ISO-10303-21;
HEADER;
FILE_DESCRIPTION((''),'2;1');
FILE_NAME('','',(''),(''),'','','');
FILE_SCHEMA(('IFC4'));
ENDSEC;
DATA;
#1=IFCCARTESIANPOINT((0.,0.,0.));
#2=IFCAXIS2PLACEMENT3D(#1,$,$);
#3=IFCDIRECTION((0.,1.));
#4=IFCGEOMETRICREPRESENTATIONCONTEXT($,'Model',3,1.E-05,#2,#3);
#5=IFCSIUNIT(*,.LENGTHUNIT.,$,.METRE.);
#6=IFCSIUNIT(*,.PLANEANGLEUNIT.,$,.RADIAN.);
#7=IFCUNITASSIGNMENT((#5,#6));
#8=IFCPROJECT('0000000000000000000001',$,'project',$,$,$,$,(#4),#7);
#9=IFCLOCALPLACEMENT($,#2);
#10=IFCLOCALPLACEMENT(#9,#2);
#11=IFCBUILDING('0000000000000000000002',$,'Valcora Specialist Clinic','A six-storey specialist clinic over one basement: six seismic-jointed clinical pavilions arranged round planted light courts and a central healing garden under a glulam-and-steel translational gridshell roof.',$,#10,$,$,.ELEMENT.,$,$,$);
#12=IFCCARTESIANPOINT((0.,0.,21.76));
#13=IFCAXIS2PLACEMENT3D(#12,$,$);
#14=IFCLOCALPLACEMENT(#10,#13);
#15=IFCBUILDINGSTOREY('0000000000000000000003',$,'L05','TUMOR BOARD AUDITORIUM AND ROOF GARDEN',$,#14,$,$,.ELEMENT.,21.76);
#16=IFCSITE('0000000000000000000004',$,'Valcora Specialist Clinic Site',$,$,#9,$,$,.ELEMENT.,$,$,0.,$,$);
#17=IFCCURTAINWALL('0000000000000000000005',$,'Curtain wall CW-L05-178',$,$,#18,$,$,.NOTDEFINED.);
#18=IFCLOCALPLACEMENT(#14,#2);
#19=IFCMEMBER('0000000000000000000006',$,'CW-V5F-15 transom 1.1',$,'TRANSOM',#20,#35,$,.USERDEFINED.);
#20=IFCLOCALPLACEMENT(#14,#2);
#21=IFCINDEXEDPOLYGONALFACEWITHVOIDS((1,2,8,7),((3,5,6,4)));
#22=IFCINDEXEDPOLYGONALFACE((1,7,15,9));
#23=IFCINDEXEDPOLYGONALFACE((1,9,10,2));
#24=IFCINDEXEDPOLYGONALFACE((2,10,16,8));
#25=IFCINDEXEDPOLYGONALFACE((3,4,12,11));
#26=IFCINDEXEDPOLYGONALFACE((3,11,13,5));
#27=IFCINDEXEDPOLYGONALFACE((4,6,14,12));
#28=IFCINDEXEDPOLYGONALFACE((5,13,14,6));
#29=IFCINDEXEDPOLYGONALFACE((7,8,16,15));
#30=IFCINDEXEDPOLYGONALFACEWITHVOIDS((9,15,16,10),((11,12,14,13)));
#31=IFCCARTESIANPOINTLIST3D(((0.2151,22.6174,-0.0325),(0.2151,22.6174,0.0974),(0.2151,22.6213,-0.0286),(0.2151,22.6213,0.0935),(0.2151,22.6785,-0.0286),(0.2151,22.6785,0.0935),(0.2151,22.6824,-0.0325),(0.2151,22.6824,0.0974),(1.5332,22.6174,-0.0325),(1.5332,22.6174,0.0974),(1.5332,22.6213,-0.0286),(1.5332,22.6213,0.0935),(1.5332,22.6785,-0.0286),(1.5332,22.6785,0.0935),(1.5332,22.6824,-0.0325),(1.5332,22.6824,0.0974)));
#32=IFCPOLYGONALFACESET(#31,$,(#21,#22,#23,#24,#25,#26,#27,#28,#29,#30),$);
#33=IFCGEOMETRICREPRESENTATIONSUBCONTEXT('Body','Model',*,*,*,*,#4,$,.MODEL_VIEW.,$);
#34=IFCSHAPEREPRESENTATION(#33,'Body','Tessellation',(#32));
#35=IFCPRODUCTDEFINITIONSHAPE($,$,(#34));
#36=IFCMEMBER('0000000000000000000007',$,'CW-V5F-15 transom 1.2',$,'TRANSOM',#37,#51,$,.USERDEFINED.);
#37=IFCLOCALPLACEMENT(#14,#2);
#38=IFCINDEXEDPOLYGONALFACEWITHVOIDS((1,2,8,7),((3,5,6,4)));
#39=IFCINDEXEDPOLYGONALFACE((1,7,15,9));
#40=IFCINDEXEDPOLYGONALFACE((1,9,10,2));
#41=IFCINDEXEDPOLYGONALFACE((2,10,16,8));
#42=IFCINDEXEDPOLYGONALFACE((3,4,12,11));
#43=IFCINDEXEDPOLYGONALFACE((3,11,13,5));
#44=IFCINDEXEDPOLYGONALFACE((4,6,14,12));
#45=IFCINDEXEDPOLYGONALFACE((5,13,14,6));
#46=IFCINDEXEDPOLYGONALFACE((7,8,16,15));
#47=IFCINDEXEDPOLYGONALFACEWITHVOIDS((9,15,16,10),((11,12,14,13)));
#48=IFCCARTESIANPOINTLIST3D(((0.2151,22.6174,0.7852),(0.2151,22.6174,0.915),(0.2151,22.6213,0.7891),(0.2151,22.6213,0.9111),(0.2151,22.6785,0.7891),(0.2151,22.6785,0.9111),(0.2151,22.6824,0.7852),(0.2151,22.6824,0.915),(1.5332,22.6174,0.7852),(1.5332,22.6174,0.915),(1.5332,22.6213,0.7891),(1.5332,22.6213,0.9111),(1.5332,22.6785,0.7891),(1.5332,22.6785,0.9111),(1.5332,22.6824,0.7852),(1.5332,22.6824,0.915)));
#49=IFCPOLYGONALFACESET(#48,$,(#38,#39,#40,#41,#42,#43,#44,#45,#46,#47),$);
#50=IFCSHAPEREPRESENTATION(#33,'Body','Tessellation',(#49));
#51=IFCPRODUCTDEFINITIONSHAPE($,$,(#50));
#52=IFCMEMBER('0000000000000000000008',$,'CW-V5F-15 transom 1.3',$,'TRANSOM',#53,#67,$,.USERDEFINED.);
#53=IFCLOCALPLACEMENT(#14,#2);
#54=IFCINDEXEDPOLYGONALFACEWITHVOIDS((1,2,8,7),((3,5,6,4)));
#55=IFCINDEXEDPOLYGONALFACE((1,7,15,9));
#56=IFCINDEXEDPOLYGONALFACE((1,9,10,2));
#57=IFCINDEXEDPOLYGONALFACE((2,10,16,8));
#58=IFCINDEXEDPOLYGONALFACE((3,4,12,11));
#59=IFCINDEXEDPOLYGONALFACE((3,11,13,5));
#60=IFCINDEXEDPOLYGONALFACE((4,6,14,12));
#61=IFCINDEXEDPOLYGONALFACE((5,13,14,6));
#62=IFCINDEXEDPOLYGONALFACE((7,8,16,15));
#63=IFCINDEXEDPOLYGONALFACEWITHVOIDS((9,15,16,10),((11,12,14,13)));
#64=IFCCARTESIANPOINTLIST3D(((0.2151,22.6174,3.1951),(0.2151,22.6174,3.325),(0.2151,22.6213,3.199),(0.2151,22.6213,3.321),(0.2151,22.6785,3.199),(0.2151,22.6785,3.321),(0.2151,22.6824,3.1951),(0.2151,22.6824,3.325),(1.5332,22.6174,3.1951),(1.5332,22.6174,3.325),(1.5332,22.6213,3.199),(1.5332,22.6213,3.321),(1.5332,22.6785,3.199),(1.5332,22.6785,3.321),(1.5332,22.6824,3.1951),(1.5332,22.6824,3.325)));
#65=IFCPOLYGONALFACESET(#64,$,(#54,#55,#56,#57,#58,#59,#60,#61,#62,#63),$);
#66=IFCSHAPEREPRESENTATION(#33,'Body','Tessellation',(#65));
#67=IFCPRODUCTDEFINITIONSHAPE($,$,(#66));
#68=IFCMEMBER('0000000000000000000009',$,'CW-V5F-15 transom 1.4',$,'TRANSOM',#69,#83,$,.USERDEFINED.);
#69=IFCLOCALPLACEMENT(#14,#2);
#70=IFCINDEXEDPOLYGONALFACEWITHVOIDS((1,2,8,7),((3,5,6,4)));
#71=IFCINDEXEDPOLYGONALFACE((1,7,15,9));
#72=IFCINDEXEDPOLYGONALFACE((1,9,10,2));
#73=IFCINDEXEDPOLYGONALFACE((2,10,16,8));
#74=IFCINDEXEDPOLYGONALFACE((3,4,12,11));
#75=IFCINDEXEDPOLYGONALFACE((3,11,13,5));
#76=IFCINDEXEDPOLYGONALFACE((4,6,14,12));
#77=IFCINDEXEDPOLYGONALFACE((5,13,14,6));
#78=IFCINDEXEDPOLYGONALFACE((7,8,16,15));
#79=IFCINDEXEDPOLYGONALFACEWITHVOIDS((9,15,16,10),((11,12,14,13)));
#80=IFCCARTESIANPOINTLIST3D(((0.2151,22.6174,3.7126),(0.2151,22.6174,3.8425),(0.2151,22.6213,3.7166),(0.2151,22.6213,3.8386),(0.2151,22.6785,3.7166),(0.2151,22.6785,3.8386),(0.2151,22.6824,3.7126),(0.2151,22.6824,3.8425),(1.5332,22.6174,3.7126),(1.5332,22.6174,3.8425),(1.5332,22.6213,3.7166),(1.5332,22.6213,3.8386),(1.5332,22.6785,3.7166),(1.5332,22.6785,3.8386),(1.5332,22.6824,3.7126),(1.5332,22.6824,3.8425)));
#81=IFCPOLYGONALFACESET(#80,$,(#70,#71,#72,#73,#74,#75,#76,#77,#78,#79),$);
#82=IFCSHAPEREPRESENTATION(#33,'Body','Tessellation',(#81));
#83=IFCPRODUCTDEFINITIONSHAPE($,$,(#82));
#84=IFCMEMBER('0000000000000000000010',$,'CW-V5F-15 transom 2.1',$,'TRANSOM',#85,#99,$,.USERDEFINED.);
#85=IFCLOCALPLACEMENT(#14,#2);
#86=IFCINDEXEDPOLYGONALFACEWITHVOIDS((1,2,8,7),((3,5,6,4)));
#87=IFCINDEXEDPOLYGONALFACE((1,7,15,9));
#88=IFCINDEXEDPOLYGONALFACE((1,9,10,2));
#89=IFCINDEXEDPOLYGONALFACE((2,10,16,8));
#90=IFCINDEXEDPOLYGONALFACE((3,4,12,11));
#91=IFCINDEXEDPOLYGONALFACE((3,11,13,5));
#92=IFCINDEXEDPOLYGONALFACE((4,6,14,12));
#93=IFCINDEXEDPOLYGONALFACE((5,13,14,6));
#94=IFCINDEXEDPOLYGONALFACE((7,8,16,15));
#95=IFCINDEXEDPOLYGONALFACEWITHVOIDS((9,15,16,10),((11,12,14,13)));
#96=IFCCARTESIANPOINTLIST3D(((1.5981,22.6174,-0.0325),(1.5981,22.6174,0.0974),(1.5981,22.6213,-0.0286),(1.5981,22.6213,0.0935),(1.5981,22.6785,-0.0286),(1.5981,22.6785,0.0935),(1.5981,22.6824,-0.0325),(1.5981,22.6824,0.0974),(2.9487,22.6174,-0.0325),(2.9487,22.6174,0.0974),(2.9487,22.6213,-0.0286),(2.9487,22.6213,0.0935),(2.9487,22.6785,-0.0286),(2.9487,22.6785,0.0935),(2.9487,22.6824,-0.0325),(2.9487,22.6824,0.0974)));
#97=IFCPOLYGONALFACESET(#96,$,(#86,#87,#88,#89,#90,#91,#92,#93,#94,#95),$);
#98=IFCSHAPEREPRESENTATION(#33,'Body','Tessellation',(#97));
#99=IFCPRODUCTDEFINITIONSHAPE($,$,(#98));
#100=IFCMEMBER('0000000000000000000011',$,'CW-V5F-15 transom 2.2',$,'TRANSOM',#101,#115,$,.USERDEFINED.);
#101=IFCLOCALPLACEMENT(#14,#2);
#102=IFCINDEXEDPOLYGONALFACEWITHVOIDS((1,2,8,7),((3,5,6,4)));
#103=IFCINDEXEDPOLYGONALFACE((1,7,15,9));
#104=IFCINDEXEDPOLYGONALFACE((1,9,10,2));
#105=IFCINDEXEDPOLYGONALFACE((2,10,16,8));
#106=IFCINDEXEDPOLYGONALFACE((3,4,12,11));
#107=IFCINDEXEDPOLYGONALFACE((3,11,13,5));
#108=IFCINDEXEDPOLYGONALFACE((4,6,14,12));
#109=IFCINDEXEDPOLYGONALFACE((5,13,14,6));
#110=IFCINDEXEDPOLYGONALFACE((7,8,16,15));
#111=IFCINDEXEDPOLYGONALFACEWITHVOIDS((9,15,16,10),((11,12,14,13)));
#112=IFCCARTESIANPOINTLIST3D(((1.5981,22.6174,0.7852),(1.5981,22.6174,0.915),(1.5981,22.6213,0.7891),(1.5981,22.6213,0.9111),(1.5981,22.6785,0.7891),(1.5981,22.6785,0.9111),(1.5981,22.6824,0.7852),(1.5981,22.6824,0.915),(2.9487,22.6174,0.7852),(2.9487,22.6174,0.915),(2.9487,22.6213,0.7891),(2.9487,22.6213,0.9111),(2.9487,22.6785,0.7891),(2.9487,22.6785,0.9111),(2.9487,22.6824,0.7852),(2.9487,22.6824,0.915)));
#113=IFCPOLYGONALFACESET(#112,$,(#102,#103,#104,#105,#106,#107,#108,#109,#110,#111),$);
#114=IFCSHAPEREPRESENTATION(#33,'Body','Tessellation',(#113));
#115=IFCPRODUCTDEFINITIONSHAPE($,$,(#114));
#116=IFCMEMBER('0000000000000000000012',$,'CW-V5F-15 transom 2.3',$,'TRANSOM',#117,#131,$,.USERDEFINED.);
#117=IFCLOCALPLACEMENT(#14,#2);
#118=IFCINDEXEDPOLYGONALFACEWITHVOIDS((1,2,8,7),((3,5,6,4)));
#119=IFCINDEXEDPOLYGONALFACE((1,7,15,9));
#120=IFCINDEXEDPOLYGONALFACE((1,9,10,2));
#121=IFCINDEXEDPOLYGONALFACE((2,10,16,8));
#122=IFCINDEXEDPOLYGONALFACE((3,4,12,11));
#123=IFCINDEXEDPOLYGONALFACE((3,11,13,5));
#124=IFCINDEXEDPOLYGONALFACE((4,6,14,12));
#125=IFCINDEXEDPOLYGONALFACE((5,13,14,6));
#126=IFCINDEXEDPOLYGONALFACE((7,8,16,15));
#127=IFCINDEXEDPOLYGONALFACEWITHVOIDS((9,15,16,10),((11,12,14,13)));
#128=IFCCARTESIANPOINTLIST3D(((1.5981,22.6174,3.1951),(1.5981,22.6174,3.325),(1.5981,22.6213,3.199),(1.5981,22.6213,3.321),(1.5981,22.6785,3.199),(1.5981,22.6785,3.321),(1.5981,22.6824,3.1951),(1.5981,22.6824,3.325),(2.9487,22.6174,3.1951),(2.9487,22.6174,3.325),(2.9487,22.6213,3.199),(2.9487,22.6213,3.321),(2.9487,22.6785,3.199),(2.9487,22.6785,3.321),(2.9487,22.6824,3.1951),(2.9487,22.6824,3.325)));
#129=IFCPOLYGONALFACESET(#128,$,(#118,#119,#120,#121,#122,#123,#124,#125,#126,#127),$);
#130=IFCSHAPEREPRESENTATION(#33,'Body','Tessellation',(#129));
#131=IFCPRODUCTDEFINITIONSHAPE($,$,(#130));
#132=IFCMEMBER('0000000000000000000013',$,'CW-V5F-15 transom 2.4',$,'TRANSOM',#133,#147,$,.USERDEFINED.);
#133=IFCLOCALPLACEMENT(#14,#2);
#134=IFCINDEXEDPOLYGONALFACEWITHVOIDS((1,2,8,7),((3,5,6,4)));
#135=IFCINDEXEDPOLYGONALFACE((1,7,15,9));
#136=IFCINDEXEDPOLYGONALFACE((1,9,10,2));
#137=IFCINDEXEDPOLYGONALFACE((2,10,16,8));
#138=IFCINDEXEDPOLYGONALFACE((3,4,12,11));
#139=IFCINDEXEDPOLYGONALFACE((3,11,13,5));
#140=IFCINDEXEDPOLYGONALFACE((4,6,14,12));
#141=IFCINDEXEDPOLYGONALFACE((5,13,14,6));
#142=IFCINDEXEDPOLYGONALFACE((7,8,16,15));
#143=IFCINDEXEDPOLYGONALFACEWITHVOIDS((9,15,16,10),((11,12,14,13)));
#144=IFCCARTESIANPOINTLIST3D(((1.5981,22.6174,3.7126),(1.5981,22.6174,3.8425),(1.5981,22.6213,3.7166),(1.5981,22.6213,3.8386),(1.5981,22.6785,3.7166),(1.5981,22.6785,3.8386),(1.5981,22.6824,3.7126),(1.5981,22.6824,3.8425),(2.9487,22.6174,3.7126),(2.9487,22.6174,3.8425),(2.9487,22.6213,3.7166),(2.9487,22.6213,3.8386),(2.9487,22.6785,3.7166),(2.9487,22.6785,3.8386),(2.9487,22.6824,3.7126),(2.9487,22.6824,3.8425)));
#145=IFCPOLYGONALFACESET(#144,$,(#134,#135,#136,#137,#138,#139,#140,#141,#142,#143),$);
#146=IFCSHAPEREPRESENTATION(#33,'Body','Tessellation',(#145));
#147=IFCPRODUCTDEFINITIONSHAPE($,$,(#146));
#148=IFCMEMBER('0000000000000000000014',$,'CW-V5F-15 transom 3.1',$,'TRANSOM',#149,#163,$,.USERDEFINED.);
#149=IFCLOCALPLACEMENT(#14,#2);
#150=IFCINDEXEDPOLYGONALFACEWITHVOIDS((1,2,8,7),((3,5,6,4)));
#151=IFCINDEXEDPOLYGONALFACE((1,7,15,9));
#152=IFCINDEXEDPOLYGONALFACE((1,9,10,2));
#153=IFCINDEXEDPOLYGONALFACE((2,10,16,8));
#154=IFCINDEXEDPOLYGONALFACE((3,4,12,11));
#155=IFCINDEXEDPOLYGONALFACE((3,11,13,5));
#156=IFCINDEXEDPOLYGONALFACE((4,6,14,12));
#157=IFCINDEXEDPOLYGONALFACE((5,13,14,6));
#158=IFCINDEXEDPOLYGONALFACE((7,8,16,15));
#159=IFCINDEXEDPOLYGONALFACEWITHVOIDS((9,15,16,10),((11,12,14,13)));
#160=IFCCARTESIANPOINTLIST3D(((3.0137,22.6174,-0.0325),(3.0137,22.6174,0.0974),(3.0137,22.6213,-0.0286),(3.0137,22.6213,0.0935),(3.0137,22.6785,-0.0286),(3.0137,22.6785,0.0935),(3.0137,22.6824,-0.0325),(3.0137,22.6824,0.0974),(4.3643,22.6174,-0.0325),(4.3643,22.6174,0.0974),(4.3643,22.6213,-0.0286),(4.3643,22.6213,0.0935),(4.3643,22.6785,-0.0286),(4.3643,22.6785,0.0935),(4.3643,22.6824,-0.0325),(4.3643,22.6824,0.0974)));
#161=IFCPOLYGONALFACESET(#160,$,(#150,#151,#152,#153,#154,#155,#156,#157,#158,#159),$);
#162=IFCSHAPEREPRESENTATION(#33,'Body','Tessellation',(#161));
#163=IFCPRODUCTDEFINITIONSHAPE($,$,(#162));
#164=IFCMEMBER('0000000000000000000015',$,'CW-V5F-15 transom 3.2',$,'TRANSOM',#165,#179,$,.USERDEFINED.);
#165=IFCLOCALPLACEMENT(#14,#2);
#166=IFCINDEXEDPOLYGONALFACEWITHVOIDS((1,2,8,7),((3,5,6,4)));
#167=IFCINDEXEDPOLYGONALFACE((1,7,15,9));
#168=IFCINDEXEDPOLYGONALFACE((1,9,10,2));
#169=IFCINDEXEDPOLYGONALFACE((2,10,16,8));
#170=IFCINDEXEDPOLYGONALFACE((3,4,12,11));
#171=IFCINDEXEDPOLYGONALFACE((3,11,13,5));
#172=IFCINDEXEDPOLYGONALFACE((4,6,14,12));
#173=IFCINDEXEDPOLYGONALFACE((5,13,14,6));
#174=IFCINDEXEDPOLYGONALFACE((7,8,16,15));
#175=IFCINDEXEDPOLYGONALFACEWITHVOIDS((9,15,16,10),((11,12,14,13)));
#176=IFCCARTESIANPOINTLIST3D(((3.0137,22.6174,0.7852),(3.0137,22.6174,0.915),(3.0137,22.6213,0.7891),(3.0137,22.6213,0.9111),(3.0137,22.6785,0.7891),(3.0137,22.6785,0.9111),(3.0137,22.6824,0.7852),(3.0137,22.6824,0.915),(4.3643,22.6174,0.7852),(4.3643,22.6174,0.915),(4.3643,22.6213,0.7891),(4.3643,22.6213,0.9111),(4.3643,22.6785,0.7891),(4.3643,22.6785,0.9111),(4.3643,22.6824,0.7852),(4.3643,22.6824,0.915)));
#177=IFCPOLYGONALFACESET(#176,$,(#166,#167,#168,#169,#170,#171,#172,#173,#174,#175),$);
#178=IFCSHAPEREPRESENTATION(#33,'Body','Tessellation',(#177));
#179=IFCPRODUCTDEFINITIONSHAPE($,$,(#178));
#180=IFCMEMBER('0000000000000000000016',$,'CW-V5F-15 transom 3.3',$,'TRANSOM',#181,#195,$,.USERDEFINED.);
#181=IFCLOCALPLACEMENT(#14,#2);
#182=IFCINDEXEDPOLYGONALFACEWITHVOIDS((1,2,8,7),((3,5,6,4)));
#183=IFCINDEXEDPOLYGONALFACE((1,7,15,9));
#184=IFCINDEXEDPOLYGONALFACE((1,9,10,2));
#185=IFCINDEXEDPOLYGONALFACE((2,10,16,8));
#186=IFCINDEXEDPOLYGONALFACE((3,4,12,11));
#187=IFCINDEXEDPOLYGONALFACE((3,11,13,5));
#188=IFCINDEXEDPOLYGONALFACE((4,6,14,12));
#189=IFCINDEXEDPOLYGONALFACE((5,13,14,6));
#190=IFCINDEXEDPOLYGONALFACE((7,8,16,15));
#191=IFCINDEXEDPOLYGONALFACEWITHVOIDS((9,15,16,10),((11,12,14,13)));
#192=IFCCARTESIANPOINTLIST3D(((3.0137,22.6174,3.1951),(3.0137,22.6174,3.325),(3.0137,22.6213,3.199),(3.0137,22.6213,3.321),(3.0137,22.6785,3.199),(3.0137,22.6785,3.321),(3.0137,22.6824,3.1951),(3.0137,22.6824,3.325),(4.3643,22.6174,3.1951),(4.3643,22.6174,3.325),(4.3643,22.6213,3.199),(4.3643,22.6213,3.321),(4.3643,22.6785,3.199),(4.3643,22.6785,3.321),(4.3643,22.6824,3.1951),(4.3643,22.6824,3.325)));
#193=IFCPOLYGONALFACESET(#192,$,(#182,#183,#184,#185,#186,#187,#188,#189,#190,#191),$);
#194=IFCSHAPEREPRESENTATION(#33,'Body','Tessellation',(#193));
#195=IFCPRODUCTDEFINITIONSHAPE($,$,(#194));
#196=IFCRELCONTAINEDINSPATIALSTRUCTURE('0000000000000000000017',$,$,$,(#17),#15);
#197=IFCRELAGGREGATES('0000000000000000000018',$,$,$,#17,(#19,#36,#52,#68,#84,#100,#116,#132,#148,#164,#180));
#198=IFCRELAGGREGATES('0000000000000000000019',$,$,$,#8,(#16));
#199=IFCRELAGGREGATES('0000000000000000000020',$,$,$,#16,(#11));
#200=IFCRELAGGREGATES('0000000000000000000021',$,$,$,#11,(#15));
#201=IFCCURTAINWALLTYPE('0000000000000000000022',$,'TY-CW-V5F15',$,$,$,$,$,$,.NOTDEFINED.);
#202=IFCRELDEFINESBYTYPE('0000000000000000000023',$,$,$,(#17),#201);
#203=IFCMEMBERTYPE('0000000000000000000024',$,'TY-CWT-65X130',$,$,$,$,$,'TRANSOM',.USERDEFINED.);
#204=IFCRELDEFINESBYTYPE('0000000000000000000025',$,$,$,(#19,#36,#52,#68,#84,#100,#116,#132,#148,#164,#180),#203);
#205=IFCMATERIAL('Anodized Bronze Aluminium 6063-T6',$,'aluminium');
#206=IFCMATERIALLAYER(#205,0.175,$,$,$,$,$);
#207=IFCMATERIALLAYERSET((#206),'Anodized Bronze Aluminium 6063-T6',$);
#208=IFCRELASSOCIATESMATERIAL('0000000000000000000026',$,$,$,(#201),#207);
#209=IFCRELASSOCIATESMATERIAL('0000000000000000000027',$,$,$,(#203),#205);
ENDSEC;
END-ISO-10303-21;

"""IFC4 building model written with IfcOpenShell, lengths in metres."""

from ifc_helpers import new_model, si_unit, direction, frame, origin, origin_2d, place, context, subcontext, project, spatial, hollow_rectangle, extrude, material, layer, layer_set, material_profile, profile_set, type_object, element, aggregate, save


model = new_model("IFC4")

# Units and contexts
model_context = context("Model", 3, precision=1e-05, world=origin(), true_north=direction((0.0, 1.0)))
body_context = subcontext(model_context, "Body", "Model", "MODEL_VIEW")
ifc_project = project(units=[si_unit("LENGTHUNIT", "METRE"), si_unit("PLANEANGLEUNIT", "RADIAN")], contexts=[model_context])

# Site, building, storey
site_placement = place(None, origin())
site = spatial("IfcSite", under=ifc_project, at=site_placement, Name="Valcora Specialist Clinic Site", CompositionType="ELEMENT", RefElevation=0.0)
building_placement = place(site_placement, origin())
building = spatial("IfcBuilding", under=site, at=building_placement, Name="Valcora Specialist Clinic", Description="A six-storey specialist clinic over one basement: six seismic-jointed clinical pavilions arranged round planted light courts and a central healing garden under a glulam-and-steel translational gridshell roof.", CompositionType="ELEMENT")
storey_placement = place(building_placement, frame((0.0, 0.0, 21.76)))
storey = spatial("IfcBuildingStorey", under=building, at=storey_placement, Name="L05", Description="TUMOR BOARD AUDITORIUM AND ROOF GARDEN", CompositionType="ELEMENT", Elevation=21.76)

# Shared definitions
ifc_material_1 = material(Name="Anodized Bronze Aluminium 6063-T6", Category="aluminium")
ifc_layer_1 = layer(ifc_material_1, 0.175)
ifc_layer_set_1 = layer_set([ifc_layer_1], Name="Anodized Bronze Aluminium 6063-T6")
curtain_wall_type = type_object("IfcCurtainWallType", Name="TY-CW-V5F15", PredefinedType="NOTDEFINED", material=ifc_layer_set_1)

# Curtain wall
curtain_wall_1_placement = place(storey_placement, origin())
curtain_wall_1 = element("IfcCurtainWall", 1, at=curtain_wall_1_placement, inside=storey, type_object=curtain_wall_type, Name="Curtain wall CW-L05-178", PredefinedType="NOTDEFINED")

# Members
ifc_material_profile_1 = material_profile(ifc_material_1, hollow_rectangle(XDim=0.0649, YDim=0.1299, WallThickness=0.0039, at=origin_2d()), Name="AL-TRN-65X130")
ifc_profile_set_1 = profile_set([ifc_material_profile_1], Name="Anodized Bronze Aluminium 6063-T6")
member_type_1 = type_object("IfcMemberType", Name="TY-CWT-65X130", ElementType="TRANSOM", PredefinedType="USERDEFINED", material=ifc_profile_set_1)
member_1_placement = place(storey_placement, frame((0.2151, 22.6499, 0.0325), z_axis=(1.0, 0.0, 0.0), x_axis=(0.0, 1.0, 0.0)))
member_1 = element("IfcMember", 2, at=member_1_placement, type_object=member_type_1, Name="CW-V5F-15 transom 1.1", ObjectType="TRANSOM", PredefinedType="USERDEFINED", context=body_context, shape_type="SweptSolid", body=[
    extrude(hollow_rectangle(XDim=0.0649, YDim=0.1299, WallThickness=0.0039, at=origin_2d()), origin(), (0.0, 0.0, 1.0), 1.3181),
])
member_2_placement = place(storey_placement, frame((0.2151, 22.6499, 0.8501), z_axis=(1.0, 0.0, 0.0), x_axis=(0.0, 1.0, 0.0)))
member_2 = element("IfcMember", 3, at=member_2_placement, type_object=member_type_1, Name="CW-V5F-15 transom 1.2", ObjectType="TRANSOM", PredefinedType="USERDEFINED", context=body_context, shape_type="SweptSolid", body=[
    extrude(hollow_rectangle(XDim=0.0649, YDim=0.1299, WallThickness=0.0039, at=origin_2d()), origin(), (0.0, 0.0, 1.0), 1.3181),
])
member_3_placement = place(storey_placement, frame((0.2151, 22.6499, 3.26), z_axis=(1.0, 0.0, 0.0), x_axis=(0.0, 1.0, 0.0)))
member_3 = element("IfcMember", 4, at=member_3_placement, type_object=member_type_1, Name="CW-V5F-15 transom 1.3", ObjectType="TRANSOM", PredefinedType="USERDEFINED", context=body_context, shape_type="SweptSolid", body=[
    extrude(hollow_rectangle(XDim=0.0649, YDim=0.1299, WallThickness=0.0039, at=origin_2d()), origin(), (0.0, 0.0, 1.0), 1.3181),
])
member_4_placement = place(storey_placement, frame((0.2151, 22.6499, 3.7776), z_axis=(1.0, 0.0, 0.0), x_axis=(0.0, 1.0, 0.0)))
member_4 = element("IfcMember", 5, at=member_4_placement, type_object=member_type_1, Name="CW-V5F-15 transom 1.4", ObjectType="TRANSOM", PredefinedType="USERDEFINED", context=body_context, shape_type="SweptSolid", body=[
    extrude(hollow_rectangle(XDim=0.0649, YDim=0.1299, WallThickness=0.0039, at=origin_2d()), origin(), (0.0, 0.0, 1.0), 1.3181),
])
member_5_placement = place(storey_placement, frame((1.5981, 22.6499, 0.0325), z_axis=(1.0, 0.0, 0.0), x_axis=(0.0, 1.0, 0.0)))
member_5 = element("IfcMember", 6, at=member_5_placement, type_object=member_type_1, Name="CW-V5F-15 transom 2.1", ObjectType="TRANSOM", PredefinedType="USERDEFINED", context=body_context, shape_type="SweptSolid", body=[
    extrude(hollow_rectangle(XDim=0.0649, YDim=0.1299, WallThickness=0.0039, at=origin_2d()), origin(), (0.0, 0.0, 1.0), 1.3506),
])
member_6_placement = place(storey_placement, frame((1.5981, 22.6499, 0.8501), z_axis=(1.0, 0.0, 0.0), x_axis=(0.0, 1.0, 0.0)))
member_6 = element("IfcMember", 7, at=member_6_placement, type_object=member_type_1, Name="CW-V5F-15 transom 2.2", ObjectType="TRANSOM", PredefinedType="USERDEFINED", context=body_context, shape_type="SweptSolid", body=[
    extrude(hollow_rectangle(XDim=0.0649, YDim=0.1299, WallThickness=0.0039, at=origin_2d()), origin(), (0.0, 0.0, 1.0), 1.3506),
])
member_7_placement = place(storey_placement, frame((1.5981, 22.6499, 3.26), z_axis=(1.0, 0.0, 0.0), x_axis=(0.0, 1.0, 0.0)))
member_7 = element("IfcMember", 8, at=member_7_placement, type_object=member_type_1, Name="CW-V5F-15 transom 2.3", ObjectType="TRANSOM", PredefinedType="USERDEFINED", context=body_context, shape_type="SweptSolid", body=[
    extrude(hollow_rectangle(XDim=0.0649, YDim=0.1299, WallThickness=0.0039, at=origin_2d()), origin(), (0.0, 0.0, 1.0), 1.3506),
])
member_8_placement = place(storey_placement, frame((1.5981, 22.6499, 3.7776), z_axis=(1.0, 0.0, 0.0), x_axis=(0.0, 1.0, 0.0)))
member_8 = element("IfcMember", 9, at=member_8_placement, type_object=member_type_1, Name="CW-V5F-15 transom 2.4", ObjectType="TRANSOM", PredefinedType="USERDEFINED", context=body_context, shape_type="SweptSolid", body=[
    extrude(hollow_rectangle(XDim=0.0649, YDim=0.1299, WallThickness=0.0039, at=origin_2d()), origin(), (0.0, 0.0, 1.0), 1.3506),
])
member_9_placement = place(storey_placement, frame((3.0137, 22.6499, 0.0325), z_axis=(1.0, 0.0, 0.0), x_axis=(0.0, 1.0, 0.0)))
member_9 = element("IfcMember", 10, at=member_9_placement, type_object=member_type_1, Name="CW-V5F-15 transom 3.1", ObjectType="TRANSOM", PredefinedType="USERDEFINED", context=body_context, shape_type="SweptSolid", body=[
    extrude(hollow_rectangle(XDim=0.0649, YDim=0.1299, WallThickness=0.0039, at=origin_2d()), origin(), (0.0, 0.0, 1.0), 1.3506),
])
member_10_placement = place(storey_placement, frame((3.0137, 22.6499, 0.8501), z_axis=(1.0, 0.0, 0.0), x_axis=(0.0, 1.0, 0.0)))
member_10 = element("IfcMember", 11, at=member_10_placement, type_object=member_type_1, Name="CW-V5F-15 transom 3.2", ObjectType="TRANSOM", PredefinedType="USERDEFINED", context=body_context, shape_type="SweptSolid", body=[
    extrude(hollow_rectangle(XDim=0.0649, YDim=0.1299, WallThickness=0.0039, at=origin_2d()), origin(), (0.0, 0.0, 1.0), 1.3506),
])
member_11_placement = place(storey_placement, frame((3.0137, 22.6499, 3.26), z_axis=(1.0, 0.0, 0.0), x_axis=(0.0, 1.0, 0.0)))
member_11 = element("IfcMember", 12, at=member_11_placement, type_object=member_type_1, Name="CW-V5F-15 transom 3.3", ObjectType="TRANSOM", PredefinedType="USERDEFINED", context=body_context, shape_type="SweptSolid", body=[
    extrude(hollow_rectangle(XDim=0.0649, YDim=0.1299, WallThickness=0.0039, at=origin_2d()), origin(), (0.0, 0.0, 1.0), 1.3506),
])

aggregate(curtain_wall_1, [member_1, member_2, member_3, member_4, member_5, member_6, member_7, member_8, member_9, member_10, member_11])

save(model, "model.ifc")
